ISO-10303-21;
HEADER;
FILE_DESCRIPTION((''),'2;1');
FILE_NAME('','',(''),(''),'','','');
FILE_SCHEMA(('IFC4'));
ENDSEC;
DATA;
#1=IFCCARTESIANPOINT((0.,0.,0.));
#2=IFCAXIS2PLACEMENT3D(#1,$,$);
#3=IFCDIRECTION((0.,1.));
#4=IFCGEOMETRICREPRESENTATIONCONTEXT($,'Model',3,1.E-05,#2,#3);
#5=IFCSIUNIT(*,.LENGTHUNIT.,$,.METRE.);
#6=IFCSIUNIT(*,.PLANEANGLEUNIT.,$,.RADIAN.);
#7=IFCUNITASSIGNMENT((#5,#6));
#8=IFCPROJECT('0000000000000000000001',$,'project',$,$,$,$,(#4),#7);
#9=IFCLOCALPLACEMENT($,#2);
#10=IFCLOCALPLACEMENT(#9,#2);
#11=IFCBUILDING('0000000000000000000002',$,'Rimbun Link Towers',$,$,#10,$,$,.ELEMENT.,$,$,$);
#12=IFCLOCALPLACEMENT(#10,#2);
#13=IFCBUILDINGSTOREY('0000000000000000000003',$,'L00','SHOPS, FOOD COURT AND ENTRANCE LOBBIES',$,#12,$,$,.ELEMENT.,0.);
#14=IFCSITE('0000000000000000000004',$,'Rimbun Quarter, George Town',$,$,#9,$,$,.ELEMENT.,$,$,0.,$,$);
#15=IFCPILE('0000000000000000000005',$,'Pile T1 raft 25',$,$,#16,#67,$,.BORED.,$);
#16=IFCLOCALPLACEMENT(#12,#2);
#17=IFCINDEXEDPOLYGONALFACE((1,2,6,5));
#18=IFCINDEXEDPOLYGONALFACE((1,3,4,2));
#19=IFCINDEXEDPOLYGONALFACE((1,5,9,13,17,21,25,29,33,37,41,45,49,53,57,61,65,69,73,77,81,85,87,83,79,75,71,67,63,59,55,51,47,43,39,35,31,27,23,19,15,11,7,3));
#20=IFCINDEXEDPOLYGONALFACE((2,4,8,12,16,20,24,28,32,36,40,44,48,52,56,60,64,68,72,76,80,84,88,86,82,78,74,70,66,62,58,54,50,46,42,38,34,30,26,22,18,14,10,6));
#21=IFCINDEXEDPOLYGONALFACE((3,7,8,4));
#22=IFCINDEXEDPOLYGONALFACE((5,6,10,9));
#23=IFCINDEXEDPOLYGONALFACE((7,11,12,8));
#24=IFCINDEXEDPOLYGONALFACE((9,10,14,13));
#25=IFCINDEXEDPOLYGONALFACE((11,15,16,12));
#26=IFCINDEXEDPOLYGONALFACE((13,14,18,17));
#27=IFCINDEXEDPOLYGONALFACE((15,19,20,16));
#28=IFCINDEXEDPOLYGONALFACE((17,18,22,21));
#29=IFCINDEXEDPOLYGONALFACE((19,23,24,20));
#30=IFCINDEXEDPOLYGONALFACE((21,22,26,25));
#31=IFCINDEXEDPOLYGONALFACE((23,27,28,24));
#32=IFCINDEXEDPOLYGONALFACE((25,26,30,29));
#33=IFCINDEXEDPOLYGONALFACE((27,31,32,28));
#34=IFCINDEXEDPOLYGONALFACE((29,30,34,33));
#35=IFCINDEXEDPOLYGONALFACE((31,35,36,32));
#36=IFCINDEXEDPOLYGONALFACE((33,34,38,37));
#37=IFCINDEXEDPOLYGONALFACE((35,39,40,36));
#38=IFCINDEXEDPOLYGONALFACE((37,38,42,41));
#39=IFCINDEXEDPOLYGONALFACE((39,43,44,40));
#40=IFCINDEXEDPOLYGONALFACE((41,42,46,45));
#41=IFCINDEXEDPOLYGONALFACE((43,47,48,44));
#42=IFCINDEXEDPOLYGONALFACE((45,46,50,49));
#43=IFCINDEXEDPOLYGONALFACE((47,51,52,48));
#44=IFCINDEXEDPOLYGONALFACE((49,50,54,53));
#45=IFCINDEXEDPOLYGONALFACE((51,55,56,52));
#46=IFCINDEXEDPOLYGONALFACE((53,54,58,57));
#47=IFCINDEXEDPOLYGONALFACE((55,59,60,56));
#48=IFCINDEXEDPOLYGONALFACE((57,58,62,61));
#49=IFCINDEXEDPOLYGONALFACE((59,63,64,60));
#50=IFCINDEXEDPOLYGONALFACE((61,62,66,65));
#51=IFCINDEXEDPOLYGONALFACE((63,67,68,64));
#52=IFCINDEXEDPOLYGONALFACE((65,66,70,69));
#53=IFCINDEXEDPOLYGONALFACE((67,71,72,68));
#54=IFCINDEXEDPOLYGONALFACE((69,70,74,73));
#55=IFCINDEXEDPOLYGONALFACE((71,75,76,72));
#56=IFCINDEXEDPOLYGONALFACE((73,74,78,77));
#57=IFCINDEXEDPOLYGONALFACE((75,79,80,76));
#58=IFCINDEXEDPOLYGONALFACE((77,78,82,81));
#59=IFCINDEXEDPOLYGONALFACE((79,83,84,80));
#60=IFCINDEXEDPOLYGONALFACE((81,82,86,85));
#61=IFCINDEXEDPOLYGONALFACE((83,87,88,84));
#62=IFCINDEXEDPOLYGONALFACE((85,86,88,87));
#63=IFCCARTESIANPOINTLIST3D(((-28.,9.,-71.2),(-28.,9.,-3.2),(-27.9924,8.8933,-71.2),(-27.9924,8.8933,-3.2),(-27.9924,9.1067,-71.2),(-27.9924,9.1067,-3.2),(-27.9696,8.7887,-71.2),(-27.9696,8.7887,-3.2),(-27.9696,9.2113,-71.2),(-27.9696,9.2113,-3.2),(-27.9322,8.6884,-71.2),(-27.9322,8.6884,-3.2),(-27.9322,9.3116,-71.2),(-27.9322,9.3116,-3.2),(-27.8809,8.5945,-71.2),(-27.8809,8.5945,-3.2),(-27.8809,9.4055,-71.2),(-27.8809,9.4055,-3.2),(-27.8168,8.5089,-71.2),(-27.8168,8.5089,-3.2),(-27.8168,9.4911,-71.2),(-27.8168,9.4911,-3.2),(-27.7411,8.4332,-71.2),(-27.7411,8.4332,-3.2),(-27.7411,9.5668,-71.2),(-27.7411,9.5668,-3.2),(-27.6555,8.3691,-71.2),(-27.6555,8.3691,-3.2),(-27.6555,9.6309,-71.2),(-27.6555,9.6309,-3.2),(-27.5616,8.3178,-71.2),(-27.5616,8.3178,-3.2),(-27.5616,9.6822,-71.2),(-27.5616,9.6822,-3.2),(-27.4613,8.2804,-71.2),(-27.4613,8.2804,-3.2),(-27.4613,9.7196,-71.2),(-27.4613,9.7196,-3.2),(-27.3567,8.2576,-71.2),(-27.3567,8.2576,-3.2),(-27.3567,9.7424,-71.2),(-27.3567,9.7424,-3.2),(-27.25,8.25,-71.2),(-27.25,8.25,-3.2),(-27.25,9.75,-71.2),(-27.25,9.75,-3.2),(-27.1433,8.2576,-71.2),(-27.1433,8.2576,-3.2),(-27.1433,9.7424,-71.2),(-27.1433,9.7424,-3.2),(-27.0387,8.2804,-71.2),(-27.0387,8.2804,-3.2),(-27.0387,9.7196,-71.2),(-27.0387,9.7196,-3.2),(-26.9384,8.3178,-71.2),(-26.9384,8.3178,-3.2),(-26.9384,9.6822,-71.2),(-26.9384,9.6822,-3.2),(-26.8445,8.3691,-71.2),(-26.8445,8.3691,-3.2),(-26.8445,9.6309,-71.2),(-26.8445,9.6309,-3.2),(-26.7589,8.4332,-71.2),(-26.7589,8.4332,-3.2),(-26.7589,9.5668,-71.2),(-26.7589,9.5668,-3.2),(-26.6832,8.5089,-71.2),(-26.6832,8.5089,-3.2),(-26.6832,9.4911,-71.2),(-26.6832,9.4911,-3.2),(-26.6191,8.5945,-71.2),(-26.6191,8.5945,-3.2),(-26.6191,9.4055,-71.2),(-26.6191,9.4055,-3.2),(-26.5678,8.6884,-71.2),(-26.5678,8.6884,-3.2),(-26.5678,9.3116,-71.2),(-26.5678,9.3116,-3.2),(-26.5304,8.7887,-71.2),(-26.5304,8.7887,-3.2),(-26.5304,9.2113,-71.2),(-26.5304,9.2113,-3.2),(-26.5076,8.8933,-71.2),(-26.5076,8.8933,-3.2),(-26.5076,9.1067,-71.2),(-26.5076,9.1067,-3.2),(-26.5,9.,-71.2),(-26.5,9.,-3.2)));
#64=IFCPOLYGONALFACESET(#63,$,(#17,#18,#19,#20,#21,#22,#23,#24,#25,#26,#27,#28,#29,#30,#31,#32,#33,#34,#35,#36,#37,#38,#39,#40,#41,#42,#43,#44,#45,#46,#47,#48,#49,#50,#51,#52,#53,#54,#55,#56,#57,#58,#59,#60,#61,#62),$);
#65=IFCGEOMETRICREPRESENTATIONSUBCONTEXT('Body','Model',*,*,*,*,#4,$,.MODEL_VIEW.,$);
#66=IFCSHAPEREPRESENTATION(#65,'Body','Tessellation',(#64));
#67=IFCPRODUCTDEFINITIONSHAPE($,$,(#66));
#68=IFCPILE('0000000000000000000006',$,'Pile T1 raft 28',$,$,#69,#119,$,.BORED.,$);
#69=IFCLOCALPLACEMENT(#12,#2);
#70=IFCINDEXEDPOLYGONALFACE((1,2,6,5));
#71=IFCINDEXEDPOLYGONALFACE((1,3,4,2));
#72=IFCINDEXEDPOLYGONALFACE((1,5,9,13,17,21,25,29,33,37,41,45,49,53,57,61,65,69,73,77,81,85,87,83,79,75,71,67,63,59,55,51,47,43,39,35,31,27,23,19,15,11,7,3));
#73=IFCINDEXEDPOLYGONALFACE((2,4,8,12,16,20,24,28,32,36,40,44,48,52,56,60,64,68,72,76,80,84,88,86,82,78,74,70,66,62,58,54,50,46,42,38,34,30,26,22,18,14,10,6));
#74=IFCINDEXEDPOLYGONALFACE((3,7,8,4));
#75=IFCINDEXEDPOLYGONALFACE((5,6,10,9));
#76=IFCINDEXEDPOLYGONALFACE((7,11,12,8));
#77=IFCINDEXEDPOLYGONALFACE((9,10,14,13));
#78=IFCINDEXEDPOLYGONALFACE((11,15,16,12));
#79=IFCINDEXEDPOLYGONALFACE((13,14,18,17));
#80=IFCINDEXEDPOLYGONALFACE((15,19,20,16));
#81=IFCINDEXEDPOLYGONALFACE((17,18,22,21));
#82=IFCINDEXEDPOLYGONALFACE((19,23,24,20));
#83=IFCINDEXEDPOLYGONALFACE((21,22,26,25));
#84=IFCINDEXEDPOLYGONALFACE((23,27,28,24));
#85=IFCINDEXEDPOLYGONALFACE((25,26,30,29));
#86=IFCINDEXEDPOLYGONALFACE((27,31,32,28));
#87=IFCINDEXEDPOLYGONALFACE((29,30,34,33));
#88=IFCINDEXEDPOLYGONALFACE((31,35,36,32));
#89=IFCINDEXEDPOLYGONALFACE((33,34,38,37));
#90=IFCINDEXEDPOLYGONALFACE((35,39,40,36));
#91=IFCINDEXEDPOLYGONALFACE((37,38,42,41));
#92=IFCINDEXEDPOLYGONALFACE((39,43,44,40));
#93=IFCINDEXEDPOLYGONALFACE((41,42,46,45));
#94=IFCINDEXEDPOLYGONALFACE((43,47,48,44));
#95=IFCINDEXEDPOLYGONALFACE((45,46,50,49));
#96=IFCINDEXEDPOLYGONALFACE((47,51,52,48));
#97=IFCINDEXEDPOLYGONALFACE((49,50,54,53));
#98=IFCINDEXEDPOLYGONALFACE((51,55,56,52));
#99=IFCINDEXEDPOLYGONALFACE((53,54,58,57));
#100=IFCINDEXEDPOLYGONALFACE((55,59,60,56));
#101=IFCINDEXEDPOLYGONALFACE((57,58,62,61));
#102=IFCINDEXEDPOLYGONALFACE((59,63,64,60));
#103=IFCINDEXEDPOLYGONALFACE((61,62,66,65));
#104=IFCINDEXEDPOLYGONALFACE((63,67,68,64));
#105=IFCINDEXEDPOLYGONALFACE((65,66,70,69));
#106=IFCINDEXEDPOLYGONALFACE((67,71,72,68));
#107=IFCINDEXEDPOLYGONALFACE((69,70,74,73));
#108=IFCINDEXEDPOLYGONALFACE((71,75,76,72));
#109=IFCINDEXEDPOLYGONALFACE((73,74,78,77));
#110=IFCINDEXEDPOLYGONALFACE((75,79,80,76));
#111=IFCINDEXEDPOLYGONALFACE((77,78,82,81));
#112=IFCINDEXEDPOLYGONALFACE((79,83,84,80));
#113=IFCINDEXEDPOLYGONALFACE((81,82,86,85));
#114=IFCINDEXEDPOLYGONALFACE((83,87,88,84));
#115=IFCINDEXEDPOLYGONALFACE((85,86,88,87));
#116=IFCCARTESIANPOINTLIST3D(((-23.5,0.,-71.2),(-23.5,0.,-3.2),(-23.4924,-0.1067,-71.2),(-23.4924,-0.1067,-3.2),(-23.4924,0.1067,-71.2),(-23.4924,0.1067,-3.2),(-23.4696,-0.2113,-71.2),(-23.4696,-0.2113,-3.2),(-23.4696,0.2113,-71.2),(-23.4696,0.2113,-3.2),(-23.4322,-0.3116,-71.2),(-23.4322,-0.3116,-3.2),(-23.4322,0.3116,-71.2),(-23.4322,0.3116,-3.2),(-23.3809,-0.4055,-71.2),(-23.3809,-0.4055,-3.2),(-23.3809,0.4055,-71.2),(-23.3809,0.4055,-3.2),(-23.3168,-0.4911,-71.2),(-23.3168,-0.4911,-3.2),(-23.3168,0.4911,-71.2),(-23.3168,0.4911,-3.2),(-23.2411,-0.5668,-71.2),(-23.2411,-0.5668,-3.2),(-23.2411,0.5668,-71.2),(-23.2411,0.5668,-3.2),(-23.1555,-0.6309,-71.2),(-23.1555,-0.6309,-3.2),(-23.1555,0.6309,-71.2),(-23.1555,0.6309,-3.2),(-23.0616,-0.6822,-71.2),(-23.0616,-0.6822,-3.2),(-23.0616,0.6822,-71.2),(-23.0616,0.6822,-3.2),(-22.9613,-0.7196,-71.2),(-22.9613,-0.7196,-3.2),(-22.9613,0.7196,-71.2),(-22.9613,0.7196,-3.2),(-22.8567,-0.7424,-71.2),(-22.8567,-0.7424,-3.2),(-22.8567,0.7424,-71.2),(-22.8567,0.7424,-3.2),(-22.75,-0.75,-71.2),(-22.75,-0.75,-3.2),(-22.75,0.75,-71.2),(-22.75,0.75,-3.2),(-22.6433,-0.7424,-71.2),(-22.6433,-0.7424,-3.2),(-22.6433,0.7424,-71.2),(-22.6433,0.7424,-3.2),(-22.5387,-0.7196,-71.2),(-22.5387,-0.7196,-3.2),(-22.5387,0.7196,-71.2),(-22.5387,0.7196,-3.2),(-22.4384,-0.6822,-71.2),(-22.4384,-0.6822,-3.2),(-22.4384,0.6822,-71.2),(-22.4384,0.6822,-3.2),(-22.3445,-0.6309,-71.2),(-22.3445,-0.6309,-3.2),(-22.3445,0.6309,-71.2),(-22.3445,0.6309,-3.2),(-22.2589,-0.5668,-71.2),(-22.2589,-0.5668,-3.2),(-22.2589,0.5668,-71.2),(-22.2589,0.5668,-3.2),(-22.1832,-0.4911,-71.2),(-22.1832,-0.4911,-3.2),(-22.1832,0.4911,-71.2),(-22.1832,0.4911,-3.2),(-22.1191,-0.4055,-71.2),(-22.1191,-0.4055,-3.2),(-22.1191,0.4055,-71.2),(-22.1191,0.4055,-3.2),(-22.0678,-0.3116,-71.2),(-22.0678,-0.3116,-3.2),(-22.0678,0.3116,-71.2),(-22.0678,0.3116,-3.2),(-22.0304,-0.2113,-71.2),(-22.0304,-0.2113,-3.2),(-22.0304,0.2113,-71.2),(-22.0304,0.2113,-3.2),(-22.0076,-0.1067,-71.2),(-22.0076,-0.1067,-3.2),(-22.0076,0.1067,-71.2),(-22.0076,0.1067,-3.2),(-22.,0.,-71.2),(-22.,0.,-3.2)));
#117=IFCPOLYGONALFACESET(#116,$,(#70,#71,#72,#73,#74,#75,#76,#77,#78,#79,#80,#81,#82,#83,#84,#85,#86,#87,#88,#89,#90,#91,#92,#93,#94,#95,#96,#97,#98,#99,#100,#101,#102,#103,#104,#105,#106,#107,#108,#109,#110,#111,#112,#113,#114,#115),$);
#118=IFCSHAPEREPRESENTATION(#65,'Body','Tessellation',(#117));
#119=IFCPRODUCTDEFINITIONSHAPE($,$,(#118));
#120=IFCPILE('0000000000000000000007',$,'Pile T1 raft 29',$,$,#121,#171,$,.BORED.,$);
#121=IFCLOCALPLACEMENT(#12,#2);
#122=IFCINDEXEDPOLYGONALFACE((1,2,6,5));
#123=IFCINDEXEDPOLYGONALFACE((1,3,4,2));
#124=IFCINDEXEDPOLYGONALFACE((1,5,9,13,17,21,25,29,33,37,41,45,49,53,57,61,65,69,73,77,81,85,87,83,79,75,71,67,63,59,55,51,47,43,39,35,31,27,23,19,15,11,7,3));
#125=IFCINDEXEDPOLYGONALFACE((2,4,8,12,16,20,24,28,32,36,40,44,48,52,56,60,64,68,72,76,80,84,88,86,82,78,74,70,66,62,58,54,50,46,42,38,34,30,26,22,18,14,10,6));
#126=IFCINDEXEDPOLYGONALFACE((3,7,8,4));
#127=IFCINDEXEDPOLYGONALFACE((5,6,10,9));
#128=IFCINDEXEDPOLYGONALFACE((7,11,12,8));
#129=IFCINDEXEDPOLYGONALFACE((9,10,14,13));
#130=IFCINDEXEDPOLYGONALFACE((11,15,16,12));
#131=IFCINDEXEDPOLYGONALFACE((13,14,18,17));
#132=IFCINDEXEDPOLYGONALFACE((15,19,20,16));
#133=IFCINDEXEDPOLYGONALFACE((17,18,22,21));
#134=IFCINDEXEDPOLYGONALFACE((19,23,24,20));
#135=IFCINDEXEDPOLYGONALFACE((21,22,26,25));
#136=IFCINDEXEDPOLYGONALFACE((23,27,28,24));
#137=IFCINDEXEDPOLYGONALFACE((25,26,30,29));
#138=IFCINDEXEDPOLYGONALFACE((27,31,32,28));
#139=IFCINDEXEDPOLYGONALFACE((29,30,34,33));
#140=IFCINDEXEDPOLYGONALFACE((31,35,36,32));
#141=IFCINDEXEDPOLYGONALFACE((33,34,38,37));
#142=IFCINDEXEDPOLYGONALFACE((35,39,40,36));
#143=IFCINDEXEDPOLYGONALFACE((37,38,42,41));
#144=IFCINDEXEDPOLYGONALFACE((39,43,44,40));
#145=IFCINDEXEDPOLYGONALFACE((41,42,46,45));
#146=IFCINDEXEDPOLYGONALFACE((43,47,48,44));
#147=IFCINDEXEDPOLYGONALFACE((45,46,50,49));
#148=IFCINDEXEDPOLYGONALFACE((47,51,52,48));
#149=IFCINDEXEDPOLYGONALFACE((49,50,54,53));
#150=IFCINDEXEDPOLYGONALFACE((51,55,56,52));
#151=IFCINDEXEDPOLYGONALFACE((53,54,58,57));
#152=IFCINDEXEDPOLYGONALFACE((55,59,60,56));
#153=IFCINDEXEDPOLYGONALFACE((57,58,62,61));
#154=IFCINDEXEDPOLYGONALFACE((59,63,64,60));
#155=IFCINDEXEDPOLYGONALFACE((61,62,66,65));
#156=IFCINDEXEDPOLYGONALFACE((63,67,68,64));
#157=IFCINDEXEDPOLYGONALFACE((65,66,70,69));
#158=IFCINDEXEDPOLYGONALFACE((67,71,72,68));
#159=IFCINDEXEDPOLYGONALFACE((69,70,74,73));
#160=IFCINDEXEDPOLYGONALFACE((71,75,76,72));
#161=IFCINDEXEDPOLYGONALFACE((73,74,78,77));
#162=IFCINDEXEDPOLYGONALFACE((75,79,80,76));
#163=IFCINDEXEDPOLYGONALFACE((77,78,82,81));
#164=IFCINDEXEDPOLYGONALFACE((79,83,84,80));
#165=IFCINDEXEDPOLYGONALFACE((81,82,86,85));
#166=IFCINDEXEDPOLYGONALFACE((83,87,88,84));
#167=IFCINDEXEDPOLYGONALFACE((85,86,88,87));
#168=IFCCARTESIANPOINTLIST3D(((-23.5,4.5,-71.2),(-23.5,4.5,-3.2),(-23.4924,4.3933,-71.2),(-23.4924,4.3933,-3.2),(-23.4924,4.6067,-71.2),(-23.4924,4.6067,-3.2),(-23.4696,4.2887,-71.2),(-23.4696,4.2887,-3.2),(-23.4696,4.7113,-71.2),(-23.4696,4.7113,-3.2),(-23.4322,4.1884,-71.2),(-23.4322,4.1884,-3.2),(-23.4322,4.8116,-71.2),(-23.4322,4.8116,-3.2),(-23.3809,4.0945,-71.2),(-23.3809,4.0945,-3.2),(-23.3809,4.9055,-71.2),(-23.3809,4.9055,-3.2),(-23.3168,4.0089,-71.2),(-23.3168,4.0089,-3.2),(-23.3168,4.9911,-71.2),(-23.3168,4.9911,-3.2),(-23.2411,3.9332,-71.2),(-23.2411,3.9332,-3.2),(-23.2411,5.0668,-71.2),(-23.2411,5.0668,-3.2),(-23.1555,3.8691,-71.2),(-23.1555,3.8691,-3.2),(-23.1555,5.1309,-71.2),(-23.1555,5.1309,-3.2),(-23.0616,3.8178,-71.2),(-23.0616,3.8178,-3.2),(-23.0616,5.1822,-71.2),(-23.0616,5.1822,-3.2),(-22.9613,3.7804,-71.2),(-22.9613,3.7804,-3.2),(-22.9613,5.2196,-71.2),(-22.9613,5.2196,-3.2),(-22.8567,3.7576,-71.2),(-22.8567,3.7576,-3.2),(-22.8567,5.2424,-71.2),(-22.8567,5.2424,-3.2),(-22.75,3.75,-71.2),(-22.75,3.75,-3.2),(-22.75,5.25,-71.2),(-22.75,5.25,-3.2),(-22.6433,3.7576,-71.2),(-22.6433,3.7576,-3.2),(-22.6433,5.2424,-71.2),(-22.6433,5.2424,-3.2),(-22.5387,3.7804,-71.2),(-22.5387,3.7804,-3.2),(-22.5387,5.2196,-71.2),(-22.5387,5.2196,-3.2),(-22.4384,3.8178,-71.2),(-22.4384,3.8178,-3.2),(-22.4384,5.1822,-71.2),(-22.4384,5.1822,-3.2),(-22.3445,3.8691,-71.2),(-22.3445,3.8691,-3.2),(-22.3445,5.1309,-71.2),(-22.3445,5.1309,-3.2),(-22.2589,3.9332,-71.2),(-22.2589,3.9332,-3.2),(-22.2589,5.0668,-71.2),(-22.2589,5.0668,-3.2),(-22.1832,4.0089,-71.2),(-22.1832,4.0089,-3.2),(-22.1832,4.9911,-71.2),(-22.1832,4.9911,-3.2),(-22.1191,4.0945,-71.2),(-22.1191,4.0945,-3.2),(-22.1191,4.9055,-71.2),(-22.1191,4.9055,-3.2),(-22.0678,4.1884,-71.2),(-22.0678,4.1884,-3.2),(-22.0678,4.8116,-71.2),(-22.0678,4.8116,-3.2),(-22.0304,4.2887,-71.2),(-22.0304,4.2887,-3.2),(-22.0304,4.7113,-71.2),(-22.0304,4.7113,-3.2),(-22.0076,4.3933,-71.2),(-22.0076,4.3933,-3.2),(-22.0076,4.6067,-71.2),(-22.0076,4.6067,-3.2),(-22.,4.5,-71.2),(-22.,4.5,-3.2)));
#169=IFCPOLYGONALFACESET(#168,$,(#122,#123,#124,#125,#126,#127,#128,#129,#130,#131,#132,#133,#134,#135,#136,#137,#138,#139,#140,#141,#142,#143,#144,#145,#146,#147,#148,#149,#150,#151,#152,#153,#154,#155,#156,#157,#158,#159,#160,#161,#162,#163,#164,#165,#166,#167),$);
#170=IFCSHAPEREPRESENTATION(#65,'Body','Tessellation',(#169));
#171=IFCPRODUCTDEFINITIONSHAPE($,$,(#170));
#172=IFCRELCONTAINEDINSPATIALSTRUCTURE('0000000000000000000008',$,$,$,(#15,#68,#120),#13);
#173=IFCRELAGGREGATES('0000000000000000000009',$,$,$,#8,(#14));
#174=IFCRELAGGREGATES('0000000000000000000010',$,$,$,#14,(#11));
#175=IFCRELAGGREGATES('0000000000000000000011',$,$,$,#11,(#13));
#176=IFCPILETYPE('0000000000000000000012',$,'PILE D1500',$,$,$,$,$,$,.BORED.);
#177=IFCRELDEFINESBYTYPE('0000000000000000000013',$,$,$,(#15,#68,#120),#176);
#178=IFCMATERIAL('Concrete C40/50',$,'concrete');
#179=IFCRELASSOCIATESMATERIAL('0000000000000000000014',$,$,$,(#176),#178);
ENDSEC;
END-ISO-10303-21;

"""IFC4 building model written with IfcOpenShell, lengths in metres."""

from ifc_helpers import new_model, si_unit, direction, frame, origin, origin_2d, place, context, subcontext, project, spatial, circle, extrude, material, material_profile, profile_set, type_object, element, save


model = new_model("IFC4")

# Units and contexts
model_context = context("Model", 3, precision=1e-05, world=origin(), true_north=direction((0.0, 1.0)))
body_context = subcontext(model_context, "Body", "Model", "MODEL_VIEW")
ifc_project = project(units=[si_unit("LENGTHUNIT", "METRE"), si_unit("PLANEANGLEUNIT", "RADIAN")], contexts=[model_context])

# Site, building, storey
site_placement = place(None, origin())
site = spatial("IfcSite", under=ifc_project, at=site_placement, Name="Rimbun Quarter, George Town", CompositionType="ELEMENT", RefElevation=0.0)
building_placement = place(site_placement, origin())
building = spatial("IfcBuilding", under=site, at=building_placement, Name="Rimbun Link Towers", CompositionType="ELEMENT")
storey_placement = place(building_placement, origin())
storey = spatial("IfcBuildingStorey", under=building, at=storey_placement, Name="L00", Description="SHOPS, FOOD COURT AND ENTRANCE LOBBIES", CompositionType="ELEMENT", Elevation=0.0)

# Piles
ifc_material_1 = material(Name="Concrete C40/50", Category="concrete")
ifc_material_profile = material_profile(ifc_material_1, circle(Radius=0.75, at=origin_2d()), Name="PILE D1500")
ifc_profile_set = profile_set([ifc_material_profile], Name="Concrete C40/50")
pile_type = type_object("IfcPileType", Name="PILE D1500", PredefinedType="BORED", material=ifc_profile_set)
for number, where, z_axis, x_axis, name in (
    (1, (-27.25, 9.0, -3.2), (0.0, 0.0, -1.0), (1.0, 0.0, 0.0), "Pile T1 raft 25"),
    (2, (-22.75, 0.0, -3.2), (0.0, 0.0, -1.0), (1.0, 0.0, 0.0), "Pile T1 raft 28"),
    (3, (-22.75, 4.5, -3.2), (0.0, 0.0, -1.0), (1.0, 0.0, 0.0), "Pile T1 raft 29"),
):
    element("IfcPile", number, at=place(storey_placement, frame(where, z_axis=z_axis, x_axis=x_axis)), inside=storey, type_object=pile_type, Name=name, PredefinedType="BORED", context=body_context, shape_type="SweptSolid", body=[
        extrude(circle(Radius=0.75, at=origin_2d()), origin(), (0.0, 0.0, 1.0), 68.0),
    ])

save(model, "model.ifc")
